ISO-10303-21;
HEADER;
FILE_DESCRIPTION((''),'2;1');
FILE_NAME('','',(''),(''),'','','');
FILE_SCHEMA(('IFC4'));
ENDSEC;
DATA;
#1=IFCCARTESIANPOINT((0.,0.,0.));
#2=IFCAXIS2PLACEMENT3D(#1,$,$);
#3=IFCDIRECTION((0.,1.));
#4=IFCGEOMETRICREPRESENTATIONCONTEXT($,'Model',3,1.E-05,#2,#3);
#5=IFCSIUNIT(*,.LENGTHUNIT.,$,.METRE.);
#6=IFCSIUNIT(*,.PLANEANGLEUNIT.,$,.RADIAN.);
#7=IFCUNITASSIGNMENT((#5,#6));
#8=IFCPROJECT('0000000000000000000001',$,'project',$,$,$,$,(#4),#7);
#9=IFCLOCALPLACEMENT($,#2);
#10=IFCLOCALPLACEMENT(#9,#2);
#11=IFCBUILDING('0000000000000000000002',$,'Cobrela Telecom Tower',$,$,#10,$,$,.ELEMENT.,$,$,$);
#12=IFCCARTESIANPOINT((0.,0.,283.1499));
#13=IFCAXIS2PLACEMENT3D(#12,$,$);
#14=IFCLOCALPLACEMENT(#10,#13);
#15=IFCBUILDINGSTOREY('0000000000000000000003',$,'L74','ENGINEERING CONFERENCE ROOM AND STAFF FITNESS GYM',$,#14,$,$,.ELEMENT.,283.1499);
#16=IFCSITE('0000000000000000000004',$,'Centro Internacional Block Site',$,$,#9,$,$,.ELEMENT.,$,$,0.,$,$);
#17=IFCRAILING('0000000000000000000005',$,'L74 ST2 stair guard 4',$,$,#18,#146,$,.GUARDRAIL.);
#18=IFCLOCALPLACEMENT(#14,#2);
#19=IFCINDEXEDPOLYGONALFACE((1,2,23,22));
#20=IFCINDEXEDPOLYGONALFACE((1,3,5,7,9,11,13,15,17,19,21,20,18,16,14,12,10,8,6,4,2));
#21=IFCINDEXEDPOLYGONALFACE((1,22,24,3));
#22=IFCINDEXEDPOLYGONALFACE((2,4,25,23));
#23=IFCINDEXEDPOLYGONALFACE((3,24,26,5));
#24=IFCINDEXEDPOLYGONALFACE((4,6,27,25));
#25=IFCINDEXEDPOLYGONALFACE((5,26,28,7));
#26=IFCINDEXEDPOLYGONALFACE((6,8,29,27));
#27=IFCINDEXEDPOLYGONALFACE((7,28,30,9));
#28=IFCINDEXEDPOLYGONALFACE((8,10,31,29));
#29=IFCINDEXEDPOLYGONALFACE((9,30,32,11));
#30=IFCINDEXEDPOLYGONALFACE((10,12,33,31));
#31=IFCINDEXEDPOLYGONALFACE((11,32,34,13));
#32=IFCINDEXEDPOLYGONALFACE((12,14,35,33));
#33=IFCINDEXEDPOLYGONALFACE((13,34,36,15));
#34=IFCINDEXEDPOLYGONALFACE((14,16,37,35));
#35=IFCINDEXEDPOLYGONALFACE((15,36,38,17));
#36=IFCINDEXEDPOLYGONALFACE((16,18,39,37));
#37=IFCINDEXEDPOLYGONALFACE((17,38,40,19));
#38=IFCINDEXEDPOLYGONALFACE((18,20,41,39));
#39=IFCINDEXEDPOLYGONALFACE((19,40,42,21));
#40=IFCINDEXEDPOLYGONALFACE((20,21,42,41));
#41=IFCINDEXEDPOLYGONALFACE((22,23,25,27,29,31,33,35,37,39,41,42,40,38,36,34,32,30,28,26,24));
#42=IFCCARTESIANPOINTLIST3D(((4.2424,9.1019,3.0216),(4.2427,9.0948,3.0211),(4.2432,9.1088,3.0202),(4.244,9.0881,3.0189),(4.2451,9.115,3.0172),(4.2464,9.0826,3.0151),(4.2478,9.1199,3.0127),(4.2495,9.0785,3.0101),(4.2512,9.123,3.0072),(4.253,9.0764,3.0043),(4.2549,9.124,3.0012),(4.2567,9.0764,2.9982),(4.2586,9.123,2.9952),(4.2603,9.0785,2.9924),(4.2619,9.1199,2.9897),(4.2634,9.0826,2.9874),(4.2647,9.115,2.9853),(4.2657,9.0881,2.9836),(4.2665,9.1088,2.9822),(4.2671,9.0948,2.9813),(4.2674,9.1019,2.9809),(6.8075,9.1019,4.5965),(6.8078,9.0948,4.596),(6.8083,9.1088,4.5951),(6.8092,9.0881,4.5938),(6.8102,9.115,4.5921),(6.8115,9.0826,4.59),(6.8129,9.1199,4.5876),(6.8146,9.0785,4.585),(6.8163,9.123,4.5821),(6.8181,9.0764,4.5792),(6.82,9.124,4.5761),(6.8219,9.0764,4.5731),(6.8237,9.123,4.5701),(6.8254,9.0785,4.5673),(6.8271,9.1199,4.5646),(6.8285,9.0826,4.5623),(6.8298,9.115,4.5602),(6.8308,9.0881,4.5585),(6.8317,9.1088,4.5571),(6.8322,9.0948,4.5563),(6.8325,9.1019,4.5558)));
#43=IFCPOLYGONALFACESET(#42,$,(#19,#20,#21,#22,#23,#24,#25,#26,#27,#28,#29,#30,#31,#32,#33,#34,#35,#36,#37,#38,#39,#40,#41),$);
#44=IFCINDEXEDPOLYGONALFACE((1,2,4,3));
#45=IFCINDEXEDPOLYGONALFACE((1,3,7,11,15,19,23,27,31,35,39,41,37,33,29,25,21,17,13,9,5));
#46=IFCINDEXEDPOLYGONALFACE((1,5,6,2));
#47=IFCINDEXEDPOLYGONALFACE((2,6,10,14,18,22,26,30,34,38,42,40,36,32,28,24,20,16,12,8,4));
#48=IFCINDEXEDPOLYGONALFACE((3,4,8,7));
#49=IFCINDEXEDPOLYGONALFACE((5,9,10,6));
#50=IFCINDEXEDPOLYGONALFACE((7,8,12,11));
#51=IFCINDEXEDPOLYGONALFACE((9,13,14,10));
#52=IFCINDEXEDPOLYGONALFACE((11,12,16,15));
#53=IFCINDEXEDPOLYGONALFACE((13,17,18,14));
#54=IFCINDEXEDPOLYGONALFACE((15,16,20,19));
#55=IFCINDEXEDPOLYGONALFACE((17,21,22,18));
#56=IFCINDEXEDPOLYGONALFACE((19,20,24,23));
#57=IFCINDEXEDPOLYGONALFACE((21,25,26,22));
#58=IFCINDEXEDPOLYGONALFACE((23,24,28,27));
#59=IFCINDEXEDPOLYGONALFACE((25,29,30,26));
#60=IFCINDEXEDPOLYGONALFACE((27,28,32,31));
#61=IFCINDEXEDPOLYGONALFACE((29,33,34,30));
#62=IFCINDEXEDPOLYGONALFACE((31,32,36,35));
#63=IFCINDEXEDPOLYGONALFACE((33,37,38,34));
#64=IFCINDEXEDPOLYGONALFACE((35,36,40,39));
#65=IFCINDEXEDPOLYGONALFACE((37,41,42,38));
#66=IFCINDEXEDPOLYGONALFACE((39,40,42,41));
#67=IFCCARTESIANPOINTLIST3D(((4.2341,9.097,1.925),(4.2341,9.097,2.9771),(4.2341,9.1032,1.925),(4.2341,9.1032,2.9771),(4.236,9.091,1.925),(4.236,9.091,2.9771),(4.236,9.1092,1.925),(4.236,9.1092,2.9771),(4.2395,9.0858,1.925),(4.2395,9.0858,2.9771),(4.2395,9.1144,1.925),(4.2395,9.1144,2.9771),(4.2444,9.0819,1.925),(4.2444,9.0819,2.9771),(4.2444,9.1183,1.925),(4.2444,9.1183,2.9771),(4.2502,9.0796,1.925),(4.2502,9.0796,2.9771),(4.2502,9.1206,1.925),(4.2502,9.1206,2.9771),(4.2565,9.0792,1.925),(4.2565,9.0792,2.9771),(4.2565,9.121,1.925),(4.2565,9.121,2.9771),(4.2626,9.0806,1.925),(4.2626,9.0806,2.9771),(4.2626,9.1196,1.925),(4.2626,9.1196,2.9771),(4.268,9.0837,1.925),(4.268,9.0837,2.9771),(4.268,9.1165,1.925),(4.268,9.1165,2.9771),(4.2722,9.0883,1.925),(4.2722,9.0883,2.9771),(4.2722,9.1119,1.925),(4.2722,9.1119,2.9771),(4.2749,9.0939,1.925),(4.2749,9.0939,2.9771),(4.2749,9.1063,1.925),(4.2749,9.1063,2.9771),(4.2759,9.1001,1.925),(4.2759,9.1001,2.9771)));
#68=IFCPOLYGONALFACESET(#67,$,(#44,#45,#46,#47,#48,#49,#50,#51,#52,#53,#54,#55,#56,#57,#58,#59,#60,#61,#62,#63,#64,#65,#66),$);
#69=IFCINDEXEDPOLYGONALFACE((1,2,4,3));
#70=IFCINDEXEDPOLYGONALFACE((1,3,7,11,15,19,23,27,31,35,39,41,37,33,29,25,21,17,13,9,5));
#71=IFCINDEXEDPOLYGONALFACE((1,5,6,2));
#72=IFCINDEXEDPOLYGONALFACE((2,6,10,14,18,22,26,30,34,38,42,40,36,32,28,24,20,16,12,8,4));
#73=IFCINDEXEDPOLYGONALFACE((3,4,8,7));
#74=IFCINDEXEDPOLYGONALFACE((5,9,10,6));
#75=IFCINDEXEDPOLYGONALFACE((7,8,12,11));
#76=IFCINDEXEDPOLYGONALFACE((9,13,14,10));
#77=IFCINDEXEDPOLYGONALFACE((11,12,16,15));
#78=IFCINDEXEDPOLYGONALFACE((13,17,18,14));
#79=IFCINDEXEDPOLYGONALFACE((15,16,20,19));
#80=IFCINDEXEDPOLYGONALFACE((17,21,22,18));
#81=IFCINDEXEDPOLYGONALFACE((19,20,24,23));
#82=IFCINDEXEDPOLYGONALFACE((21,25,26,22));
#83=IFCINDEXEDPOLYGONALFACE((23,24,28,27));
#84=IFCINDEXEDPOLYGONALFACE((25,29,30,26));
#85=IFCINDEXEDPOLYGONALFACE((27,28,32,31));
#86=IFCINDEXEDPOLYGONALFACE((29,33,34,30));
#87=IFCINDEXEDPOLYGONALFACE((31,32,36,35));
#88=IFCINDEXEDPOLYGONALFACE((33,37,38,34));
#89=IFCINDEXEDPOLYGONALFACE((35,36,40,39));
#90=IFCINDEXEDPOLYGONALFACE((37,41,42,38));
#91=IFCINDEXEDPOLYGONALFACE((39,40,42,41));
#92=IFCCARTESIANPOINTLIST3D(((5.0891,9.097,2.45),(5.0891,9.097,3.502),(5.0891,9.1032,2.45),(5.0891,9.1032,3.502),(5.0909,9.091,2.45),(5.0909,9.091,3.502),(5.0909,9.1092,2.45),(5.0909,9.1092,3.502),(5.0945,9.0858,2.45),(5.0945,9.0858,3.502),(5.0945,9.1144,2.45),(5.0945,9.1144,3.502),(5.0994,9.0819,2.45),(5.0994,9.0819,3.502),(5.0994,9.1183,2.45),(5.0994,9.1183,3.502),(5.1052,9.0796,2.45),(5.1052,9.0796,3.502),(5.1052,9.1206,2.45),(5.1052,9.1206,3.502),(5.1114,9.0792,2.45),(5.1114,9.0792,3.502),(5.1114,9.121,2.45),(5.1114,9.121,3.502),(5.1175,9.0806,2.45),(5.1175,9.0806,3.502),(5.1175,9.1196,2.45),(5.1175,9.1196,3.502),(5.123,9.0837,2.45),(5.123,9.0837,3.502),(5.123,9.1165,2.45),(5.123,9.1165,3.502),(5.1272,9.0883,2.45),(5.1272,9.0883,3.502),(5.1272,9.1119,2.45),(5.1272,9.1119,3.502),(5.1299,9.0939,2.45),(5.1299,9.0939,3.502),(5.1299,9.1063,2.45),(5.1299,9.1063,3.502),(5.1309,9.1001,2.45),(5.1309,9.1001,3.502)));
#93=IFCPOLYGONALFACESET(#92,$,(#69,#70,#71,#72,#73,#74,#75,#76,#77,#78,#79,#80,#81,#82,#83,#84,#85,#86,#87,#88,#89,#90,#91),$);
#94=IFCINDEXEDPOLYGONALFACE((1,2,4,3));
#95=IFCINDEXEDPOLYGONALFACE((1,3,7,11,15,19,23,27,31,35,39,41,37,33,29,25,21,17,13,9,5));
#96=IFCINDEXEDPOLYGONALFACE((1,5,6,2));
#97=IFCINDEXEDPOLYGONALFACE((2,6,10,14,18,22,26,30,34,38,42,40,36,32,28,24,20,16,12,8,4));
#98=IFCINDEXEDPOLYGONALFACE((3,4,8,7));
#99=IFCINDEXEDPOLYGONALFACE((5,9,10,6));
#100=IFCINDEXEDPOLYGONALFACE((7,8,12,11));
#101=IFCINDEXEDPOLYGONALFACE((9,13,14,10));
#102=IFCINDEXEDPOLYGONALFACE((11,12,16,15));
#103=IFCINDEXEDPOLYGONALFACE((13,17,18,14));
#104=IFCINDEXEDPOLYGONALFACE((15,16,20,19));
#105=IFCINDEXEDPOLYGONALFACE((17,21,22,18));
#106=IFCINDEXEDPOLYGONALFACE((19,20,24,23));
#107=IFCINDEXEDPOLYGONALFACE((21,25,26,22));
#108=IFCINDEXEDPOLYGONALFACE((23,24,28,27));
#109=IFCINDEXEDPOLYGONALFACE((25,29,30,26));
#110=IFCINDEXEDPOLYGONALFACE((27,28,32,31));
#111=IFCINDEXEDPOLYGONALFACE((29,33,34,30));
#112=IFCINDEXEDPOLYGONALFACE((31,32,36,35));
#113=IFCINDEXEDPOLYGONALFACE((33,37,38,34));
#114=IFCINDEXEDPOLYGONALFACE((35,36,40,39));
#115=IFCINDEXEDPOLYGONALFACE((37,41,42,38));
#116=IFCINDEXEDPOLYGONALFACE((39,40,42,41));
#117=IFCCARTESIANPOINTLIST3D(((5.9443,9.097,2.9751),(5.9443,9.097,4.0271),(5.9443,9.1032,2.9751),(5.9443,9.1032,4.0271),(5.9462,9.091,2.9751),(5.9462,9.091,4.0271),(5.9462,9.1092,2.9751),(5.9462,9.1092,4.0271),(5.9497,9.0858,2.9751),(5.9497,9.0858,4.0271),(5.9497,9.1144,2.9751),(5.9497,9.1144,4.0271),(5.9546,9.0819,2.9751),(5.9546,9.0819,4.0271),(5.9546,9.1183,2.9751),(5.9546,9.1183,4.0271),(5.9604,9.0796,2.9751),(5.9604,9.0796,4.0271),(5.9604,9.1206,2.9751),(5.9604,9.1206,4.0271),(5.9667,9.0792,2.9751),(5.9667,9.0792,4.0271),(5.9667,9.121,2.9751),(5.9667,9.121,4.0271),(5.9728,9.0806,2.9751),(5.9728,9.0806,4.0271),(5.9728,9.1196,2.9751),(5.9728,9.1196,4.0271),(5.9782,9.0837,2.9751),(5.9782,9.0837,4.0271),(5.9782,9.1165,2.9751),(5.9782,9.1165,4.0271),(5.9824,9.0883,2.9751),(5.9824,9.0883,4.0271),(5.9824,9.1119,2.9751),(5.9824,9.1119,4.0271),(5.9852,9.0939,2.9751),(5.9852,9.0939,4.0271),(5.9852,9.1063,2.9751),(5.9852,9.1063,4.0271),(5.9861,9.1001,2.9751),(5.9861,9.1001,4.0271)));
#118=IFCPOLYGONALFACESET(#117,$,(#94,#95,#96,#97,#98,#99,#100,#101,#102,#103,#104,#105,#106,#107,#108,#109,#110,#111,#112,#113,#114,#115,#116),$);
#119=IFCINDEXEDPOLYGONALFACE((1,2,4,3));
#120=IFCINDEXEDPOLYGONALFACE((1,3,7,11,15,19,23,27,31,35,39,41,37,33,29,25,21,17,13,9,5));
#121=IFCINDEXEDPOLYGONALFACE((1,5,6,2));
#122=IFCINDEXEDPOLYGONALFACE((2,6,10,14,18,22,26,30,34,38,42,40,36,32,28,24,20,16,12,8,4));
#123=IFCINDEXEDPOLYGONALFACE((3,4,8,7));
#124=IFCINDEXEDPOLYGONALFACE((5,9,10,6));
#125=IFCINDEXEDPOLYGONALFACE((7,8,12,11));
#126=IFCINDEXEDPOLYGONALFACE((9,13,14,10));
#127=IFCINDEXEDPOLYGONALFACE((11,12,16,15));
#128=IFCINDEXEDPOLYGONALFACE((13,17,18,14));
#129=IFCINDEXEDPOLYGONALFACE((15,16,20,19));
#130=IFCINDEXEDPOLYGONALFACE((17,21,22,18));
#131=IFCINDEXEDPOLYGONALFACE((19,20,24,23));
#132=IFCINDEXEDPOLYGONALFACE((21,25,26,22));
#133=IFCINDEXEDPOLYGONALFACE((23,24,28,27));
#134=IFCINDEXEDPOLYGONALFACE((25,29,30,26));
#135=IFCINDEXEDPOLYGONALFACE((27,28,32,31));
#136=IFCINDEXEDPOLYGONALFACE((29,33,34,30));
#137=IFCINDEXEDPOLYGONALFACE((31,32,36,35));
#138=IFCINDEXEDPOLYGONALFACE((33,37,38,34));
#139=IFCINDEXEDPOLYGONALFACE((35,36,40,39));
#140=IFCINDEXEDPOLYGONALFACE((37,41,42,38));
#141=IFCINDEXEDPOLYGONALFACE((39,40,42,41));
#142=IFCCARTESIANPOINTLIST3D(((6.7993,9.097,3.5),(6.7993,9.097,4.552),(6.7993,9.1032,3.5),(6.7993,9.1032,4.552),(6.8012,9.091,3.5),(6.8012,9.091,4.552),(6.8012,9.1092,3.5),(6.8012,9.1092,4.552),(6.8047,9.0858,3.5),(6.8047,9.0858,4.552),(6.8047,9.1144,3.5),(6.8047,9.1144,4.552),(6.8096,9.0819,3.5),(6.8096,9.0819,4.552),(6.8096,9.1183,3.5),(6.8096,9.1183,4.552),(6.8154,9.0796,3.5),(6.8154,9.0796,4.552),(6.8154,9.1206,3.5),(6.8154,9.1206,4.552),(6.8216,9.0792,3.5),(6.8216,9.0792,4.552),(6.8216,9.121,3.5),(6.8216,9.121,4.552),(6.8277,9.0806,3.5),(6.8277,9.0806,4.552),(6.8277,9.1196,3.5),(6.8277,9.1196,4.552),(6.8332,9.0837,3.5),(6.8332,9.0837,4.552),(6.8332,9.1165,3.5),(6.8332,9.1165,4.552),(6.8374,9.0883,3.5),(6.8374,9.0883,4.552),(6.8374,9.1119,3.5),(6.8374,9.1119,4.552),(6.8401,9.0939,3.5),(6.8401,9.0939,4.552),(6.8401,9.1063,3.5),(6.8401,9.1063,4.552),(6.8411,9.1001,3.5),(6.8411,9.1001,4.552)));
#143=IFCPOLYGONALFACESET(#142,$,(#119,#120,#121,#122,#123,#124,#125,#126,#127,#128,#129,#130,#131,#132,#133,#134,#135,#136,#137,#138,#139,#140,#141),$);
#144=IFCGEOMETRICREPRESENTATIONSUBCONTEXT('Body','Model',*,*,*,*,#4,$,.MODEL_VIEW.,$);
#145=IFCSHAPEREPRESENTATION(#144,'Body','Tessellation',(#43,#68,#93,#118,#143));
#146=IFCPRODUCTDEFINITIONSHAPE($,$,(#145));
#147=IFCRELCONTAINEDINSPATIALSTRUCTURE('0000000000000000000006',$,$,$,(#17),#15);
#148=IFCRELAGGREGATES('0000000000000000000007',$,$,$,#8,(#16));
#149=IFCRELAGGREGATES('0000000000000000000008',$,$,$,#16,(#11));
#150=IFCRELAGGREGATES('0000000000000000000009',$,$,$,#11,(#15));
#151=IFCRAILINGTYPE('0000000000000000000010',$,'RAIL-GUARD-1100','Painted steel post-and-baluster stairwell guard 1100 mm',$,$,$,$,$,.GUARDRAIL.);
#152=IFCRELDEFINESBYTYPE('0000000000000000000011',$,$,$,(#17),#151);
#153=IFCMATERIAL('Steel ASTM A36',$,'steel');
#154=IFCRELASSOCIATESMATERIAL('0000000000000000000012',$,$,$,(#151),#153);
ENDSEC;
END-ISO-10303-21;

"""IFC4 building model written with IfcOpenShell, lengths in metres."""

from ifc_helpers import new_model, si_unit, direction, frame, origin, origin_2d, place, context, subcontext, project, spatial, circle, extrude, material, type_object, element, save


model = new_model("IFC4")

# Units and contexts
model_context = context("Model", 3, precision=1e-05, world=origin(), true_north=direction((0.0, 1.0)))
body_context = subcontext(model_context, "Body", "Model", "MODEL_VIEW")
ifc_project = project(units=[si_unit("LENGTHUNIT", "METRE"), si_unit("PLANEANGLEUNIT", "RADIAN")], contexts=[model_context])

# Site, building, storey
site_placement = place(None, origin())
site = spatial("IfcSite", under=ifc_project, at=site_placement, Name="Centro Internacional Block Site", CompositionType="ELEMENT", RefElevation=0.0)
building_placement = place(site_placement, origin())
building = spatial("IfcBuilding", under=site, at=building_placement, Name="Cobrela Telecom Tower", CompositionType="ELEMENT")
storey_placement = place(building_placement, frame((0.0, 0.0, 283.1499)))
storey = spatial("IfcBuildingStorey", under=building, at=storey_placement, Name="L74", Description="ENGINEERING CONFERENCE ROOM AND STAFF FITNESS GYM", CompositionType="ELEMENT", Elevation=283.1499)

# Railing
ifc_material_1 = material(Name="Steel ASTM A36", Category="steel")
railing_type_1 = type_object("IfcRailingType", Name="RAIL-GUARD-1100", Description="Painted steel post-and-baluster stairwell guard 1100 mm", PredefinedType="GUARDRAIL", material=ifc_material_1)
railing_1_placement = place(storey_placement, frame((4.2549, 9.1001, 1.925)))
element("IfcRailing", 1, at=railing_1_placement, inside=storey, type_object=railing_type_1, Name="L74 ST2 stair guard 4", PredefinedType="GUARDRAIL", context=body_context, shape_type="SweptSolid", body=[
    extrude(circle(Radius=0.0239, at=origin_2d()), frame((0.0, 0.0, 1.0762), z_axis=(0.852195, 0.0, 0.523224), x_axis=(0.0, 1.0, 0.0)), (0.0, 0.0, 1.0), 3.01),
    extrude(circle(Radius=0.021, at=origin_2d()), origin(), (0.0, 0.0, 1.0), 1.052),
    extrude(circle(Radius=0.021, at=origin_2d()), frame((0.855, 0.0, 0.5249)), (0.0, 0.0, 1.0), 1.052),
    extrude(circle(Radius=0.021, at=origin_2d()), frame((1.7102, 0.0, 1.05)), (0.0, 0.0, 1.0), 1.052),
    extrude(circle(Radius=0.021, at=origin_2d()), frame((2.5652, 0.0, 1.575)), (0.0, 0.0, 1.0), 1.052),
])

save(model, "model.ifc")
